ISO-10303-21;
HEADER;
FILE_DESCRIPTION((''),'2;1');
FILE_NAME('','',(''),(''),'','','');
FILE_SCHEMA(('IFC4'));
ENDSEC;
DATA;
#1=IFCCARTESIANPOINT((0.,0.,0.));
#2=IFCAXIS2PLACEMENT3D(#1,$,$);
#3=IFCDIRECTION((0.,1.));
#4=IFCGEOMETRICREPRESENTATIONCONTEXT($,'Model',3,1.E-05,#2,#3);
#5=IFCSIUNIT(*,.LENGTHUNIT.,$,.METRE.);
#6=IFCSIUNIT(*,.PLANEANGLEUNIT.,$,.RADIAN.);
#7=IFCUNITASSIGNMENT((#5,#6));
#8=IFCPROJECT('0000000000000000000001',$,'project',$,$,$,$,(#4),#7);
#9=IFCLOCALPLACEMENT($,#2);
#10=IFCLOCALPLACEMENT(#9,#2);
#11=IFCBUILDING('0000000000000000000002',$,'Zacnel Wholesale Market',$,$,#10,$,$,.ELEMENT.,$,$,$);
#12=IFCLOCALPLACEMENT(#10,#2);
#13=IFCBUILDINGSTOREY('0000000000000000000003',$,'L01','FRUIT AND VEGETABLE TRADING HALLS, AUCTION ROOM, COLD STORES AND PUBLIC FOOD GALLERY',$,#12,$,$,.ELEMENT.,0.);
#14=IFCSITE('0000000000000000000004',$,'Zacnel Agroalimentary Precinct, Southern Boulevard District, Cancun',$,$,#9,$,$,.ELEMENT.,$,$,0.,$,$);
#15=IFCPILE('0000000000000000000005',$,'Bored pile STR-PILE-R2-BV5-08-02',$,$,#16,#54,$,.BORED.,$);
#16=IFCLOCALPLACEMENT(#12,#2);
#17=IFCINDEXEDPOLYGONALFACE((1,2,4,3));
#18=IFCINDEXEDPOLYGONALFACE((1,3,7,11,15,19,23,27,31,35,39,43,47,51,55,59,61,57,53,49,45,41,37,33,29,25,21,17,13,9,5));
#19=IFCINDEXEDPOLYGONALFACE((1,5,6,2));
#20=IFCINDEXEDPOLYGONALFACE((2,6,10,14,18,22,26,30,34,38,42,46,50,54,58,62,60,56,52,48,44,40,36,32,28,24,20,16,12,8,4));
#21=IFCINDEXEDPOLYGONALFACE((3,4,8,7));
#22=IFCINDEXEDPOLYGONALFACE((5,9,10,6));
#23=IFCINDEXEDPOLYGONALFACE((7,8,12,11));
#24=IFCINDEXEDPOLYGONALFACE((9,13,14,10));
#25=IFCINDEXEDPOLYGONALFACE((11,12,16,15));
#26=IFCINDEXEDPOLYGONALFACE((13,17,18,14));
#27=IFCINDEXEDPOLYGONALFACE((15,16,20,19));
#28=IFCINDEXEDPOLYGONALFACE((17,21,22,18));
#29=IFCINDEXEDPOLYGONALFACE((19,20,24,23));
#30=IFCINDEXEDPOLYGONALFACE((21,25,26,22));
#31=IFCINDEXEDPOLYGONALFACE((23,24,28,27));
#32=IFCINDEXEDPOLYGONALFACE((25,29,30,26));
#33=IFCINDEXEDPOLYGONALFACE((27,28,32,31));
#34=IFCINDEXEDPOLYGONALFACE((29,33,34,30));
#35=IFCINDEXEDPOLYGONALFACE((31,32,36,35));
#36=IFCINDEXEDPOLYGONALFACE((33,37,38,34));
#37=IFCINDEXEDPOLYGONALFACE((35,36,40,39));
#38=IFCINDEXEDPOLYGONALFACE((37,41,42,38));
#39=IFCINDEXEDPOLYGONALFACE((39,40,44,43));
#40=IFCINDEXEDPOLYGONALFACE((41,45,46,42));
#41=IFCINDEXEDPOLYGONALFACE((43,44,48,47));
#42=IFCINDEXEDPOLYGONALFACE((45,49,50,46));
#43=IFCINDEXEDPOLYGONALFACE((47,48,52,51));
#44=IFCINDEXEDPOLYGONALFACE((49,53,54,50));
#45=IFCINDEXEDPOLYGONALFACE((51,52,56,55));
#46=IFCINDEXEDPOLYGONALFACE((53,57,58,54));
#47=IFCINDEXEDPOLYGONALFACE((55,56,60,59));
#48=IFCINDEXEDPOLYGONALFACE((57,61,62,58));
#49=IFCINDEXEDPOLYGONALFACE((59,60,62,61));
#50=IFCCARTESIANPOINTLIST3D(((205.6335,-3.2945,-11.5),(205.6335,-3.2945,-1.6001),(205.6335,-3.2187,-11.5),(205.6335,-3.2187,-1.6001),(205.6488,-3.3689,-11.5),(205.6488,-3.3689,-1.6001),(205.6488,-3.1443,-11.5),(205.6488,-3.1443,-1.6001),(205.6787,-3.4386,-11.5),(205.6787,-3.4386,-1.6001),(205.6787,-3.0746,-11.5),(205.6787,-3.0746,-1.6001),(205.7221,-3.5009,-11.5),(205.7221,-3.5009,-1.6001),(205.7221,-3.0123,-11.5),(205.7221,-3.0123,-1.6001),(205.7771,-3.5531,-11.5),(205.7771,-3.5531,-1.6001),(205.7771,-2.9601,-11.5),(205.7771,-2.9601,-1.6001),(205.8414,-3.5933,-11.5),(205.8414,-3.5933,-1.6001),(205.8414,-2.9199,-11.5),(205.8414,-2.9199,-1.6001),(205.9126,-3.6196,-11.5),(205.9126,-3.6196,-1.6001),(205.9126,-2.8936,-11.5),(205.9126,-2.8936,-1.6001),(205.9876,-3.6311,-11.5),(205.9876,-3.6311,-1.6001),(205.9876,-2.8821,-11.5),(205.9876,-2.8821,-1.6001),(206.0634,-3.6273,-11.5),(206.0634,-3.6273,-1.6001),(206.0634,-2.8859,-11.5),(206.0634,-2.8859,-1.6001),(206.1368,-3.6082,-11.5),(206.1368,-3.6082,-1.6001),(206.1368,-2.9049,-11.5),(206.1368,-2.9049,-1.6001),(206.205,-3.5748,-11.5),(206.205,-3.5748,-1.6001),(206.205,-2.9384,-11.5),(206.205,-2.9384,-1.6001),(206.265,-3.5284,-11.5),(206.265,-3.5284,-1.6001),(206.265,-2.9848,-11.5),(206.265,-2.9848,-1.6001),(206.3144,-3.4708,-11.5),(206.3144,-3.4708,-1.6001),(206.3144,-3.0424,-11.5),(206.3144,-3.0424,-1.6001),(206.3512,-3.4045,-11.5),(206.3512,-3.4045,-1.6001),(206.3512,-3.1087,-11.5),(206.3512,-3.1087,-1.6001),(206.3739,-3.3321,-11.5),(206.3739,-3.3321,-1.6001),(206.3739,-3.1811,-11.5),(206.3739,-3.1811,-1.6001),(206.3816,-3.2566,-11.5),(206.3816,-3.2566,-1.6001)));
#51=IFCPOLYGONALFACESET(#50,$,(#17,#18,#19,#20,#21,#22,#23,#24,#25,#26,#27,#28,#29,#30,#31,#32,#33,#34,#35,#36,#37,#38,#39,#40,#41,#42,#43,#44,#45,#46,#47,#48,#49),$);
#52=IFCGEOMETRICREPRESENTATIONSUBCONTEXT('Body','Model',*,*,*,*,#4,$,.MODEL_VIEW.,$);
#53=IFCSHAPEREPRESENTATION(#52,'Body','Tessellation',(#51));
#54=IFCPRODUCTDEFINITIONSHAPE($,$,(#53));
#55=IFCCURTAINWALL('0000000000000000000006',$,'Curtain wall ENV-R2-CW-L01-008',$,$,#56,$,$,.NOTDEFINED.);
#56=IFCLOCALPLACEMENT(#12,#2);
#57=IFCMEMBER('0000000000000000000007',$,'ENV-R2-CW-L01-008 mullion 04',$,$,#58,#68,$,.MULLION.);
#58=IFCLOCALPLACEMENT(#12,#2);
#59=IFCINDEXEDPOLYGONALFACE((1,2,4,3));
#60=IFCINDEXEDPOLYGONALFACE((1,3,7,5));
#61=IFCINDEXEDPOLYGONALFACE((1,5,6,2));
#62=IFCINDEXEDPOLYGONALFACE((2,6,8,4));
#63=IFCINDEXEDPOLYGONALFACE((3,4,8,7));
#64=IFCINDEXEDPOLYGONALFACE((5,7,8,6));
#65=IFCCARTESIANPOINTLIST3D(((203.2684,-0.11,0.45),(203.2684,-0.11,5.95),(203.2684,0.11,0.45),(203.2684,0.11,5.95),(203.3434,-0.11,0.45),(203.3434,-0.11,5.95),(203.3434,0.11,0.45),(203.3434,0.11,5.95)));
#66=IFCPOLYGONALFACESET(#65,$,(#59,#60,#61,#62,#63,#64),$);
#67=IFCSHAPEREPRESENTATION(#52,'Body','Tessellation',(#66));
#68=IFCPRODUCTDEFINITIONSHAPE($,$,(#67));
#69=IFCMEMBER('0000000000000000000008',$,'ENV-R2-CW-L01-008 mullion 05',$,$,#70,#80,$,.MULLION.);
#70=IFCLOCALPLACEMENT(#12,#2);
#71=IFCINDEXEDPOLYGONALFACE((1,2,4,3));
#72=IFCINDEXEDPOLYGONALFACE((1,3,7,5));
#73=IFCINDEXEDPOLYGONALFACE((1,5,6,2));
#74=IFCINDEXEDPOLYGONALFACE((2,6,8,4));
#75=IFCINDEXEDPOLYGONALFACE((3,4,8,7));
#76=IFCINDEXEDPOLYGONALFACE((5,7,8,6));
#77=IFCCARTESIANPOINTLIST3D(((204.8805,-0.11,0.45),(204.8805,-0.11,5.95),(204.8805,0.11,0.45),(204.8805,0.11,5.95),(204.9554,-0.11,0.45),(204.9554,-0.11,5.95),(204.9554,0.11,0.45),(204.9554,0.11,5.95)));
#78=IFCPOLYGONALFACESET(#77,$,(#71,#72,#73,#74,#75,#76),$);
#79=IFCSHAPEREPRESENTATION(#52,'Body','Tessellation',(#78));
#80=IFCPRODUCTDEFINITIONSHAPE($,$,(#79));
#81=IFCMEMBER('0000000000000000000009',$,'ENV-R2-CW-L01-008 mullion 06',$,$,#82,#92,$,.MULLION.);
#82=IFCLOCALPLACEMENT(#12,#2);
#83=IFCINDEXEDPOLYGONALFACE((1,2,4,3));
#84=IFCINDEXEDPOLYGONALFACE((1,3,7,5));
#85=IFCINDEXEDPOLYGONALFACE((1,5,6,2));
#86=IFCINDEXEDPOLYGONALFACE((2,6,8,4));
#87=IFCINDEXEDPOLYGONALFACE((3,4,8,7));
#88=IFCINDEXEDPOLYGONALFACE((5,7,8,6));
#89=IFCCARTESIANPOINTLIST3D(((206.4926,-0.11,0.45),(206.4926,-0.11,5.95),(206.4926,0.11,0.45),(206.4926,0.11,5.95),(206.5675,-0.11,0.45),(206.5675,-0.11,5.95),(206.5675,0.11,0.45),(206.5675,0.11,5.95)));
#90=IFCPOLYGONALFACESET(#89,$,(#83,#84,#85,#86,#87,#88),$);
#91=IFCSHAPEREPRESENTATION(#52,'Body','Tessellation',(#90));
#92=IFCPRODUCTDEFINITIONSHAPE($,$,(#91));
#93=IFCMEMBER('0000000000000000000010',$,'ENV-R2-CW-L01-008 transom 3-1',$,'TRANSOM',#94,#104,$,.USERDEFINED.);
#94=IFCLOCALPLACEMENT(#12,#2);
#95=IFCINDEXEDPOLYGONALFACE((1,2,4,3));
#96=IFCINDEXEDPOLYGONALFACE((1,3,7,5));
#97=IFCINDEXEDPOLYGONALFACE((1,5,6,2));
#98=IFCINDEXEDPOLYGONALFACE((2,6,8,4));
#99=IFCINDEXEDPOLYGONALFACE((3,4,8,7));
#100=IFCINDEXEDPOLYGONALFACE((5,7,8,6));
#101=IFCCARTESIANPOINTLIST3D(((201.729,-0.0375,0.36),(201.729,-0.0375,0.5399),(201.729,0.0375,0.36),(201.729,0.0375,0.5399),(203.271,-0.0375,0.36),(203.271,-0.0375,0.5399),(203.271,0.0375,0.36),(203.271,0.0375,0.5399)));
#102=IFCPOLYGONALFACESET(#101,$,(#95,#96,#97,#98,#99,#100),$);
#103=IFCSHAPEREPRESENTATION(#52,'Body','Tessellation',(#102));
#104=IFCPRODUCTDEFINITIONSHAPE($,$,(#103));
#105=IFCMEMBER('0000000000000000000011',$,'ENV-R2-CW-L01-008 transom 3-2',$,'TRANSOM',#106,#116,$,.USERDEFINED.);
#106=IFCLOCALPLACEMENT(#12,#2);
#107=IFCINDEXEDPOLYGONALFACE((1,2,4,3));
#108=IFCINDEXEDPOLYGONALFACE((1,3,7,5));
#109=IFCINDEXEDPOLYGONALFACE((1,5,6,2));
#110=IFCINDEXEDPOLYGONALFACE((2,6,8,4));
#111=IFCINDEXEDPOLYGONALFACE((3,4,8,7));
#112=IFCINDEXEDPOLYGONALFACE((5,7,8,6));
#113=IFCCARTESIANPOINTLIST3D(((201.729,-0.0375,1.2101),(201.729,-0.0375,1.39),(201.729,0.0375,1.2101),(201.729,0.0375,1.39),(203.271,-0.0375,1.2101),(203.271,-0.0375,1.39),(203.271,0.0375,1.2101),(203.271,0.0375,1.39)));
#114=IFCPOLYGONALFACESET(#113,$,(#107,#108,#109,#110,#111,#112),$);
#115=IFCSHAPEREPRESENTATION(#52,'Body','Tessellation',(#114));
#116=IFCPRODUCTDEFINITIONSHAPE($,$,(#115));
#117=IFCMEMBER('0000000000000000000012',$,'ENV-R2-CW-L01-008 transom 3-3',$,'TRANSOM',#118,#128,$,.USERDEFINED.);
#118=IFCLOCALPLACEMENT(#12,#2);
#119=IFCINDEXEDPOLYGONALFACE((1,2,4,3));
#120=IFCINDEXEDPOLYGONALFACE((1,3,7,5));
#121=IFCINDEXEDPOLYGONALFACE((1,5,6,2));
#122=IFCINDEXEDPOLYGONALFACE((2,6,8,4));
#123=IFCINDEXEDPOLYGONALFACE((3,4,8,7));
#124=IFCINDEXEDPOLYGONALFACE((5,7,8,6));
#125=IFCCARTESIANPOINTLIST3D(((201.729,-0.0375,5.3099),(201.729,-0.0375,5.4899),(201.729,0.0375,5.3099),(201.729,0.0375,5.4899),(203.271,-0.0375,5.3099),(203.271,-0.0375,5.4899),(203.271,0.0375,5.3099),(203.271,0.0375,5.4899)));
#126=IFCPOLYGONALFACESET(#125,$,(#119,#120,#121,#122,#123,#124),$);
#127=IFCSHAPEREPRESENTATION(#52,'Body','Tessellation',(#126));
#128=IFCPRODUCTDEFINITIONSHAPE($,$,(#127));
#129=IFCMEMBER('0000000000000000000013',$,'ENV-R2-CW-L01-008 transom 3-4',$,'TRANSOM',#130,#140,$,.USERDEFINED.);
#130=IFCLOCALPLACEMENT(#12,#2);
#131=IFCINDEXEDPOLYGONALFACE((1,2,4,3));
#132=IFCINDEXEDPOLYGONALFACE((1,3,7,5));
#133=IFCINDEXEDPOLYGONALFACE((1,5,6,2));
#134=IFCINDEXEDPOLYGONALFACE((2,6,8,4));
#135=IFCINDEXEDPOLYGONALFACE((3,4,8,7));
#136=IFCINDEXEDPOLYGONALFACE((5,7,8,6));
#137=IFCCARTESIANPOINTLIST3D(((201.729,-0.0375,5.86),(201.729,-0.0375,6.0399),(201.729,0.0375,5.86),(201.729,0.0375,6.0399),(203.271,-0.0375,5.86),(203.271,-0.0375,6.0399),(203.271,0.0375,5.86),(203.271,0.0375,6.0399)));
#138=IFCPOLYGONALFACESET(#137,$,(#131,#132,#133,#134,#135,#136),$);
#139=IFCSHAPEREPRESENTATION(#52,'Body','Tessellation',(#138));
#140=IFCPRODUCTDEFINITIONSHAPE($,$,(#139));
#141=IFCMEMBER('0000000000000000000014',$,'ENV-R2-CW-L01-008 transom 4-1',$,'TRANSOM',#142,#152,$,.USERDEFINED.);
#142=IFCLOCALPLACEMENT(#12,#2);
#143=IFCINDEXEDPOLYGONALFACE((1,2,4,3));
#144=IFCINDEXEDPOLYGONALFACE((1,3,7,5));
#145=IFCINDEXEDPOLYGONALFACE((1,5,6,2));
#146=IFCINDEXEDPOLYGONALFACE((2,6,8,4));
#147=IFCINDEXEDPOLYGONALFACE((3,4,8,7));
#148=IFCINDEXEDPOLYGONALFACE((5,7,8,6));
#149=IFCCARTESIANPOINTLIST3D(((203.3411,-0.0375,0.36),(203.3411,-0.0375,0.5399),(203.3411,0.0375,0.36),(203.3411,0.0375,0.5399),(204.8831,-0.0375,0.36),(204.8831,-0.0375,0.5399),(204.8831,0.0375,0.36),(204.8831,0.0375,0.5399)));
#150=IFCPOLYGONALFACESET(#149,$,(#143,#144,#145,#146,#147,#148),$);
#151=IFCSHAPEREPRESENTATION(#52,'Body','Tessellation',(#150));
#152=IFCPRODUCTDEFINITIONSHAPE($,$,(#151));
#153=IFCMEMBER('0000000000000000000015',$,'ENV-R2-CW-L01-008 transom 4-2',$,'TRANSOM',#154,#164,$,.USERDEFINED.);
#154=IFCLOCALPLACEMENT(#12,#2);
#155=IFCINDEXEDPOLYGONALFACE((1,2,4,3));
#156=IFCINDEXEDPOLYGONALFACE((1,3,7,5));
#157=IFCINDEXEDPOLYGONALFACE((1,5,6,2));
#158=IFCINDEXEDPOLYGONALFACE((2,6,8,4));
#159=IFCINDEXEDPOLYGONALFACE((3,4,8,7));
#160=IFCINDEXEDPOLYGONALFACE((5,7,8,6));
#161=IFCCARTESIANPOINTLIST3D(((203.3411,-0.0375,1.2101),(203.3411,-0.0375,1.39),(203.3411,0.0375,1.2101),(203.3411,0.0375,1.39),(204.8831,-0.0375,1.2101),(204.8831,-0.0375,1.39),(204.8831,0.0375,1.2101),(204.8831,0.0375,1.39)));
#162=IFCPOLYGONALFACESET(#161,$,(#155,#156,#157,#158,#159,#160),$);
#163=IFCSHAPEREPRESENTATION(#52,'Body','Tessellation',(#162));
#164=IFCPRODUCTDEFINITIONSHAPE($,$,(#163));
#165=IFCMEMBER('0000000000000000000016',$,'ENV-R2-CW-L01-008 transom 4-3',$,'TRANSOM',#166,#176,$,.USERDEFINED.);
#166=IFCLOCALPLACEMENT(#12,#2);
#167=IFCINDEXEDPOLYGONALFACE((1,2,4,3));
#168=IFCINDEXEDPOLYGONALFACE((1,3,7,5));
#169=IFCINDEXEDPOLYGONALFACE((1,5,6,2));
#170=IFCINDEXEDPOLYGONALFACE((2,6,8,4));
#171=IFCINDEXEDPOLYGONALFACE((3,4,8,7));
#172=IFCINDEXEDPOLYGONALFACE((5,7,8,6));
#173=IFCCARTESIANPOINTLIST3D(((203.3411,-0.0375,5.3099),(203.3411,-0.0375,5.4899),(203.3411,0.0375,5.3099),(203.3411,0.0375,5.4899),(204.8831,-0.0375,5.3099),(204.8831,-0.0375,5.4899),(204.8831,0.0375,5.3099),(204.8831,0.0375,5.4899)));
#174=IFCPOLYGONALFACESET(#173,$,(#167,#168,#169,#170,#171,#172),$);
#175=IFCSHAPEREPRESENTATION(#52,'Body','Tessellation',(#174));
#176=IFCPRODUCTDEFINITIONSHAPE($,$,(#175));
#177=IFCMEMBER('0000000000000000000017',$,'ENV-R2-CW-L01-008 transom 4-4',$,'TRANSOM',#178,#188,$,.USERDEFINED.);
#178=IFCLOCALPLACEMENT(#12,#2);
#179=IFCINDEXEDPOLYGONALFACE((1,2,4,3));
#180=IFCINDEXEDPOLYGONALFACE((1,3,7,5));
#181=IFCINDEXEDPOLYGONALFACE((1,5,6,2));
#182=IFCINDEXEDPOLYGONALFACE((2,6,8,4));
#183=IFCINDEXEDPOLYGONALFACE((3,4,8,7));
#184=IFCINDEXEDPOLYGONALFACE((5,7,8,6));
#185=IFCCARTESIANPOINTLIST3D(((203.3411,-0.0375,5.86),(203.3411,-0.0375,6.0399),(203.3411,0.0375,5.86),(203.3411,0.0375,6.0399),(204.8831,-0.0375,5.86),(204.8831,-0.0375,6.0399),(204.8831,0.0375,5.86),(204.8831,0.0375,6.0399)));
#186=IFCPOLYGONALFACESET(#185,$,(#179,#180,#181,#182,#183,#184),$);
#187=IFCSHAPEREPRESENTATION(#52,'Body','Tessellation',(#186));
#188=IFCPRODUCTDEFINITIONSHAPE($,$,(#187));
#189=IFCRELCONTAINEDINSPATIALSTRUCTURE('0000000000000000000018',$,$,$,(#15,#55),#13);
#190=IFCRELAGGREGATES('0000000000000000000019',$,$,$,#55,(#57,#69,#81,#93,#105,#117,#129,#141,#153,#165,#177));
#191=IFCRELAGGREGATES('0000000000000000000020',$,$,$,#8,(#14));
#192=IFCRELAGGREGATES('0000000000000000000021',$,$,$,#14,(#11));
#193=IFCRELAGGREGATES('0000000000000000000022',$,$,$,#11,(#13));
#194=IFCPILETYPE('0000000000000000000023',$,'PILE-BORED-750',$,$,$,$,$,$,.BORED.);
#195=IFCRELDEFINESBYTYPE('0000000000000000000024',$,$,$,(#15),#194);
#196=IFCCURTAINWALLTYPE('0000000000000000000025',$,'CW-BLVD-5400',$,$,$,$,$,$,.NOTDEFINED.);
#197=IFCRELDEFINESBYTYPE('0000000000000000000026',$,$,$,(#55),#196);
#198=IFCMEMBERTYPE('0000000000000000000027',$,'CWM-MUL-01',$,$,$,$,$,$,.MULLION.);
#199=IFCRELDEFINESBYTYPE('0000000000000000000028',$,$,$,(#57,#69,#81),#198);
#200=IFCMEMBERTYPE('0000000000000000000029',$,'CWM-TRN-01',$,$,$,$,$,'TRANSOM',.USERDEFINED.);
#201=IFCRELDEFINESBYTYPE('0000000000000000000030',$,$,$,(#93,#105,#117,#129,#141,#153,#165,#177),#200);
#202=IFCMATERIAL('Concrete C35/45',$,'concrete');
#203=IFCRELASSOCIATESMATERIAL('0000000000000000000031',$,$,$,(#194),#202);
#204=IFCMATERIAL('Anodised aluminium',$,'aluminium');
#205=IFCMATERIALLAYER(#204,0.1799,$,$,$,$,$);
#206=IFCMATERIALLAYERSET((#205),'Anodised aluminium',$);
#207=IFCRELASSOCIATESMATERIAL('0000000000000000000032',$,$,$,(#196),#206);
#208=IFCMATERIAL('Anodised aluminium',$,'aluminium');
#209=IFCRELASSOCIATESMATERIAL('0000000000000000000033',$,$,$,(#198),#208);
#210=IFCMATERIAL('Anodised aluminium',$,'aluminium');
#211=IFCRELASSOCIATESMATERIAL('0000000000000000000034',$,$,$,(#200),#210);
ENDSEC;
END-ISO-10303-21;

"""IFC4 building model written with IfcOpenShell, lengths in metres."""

from ifc_helpers import new_model, si_unit, direction, frame, origin, origin_2d, place, context, subcontext, project, spatial, rectangle, circle, extrude, material, layer, layer_set, material_profile, profile_set, type_object, element, aggregate, save


model = new_model("IFC4")

# Units and contexts
model_context = context("Model", 3, precision=1e-05, world=origin(), true_north=direction((0.0, 1.0)))
body_context = subcontext(model_context, "Body", "Model", "MODEL_VIEW")
ifc_project = project(units=[si_unit("LENGTHUNIT", "METRE"), si_unit("PLANEANGLEUNIT", "RADIAN")], contexts=[model_context])

# Site, building, storey
site_placement = place(None, origin())
site = spatial("IfcSite", under=ifc_project, at=site_placement, Name="Zacnel Agroalimentary Precinct, Southern Boulevard District, Cancun", CompositionType="ELEMENT", RefElevation=0.0)
building_placement = place(site_placement, origin())
building = spatial("IfcBuilding", under=site, at=building_placement, Name="Zacnel Wholesale Market", CompositionType="ELEMENT")
storey_placement = place(building_placement, origin())
storey = spatial("IfcBuildingStorey", under=building, at=storey_placement, Name="L01", Description="FRUIT AND VEGETABLE TRADING HALLS, AUCTION ROOM, COLD STORES AND PUBLIC FOOD GALLERY", CompositionType="ELEMENT", Elevation=0.0)

# Pile
ifc_material_1 = material(Name="Concrete C35/45", Category="concrete")
ifc_material_profile_1 = material_profile(ifc_material_1, circle(Radius=0.375, at=origin_2d()), Name="BORED PILE D750")
ifc_profile_set_1 = profile_set([ifc_material_profile_1], Name="Concrete C35/45")
pile_type_1 = type_object("IfcPileType", Name="PILE-BORED-750", PredefinedType="BORED", material=ifc_profile_set_1)
for number, where, z_axis, x_axis, name in (
    (1, (206.0066, -3.2566, -1.6001), (0.0, 0.0, -1.0), (1.0, 0.0, 0.0), "Bored pile STR-PILE-R2-BV5-08-02"),
):
    element("IfcPile", number, at=place(storey_placement, frame(where, z_axis=z_axis, x_axis=x_axis)), inside=storey, type_object=pile_type_1, Name=name, PredefinedType="BORED", context=body_context, shape_type="SweptSolid", body=[
        extrude(circle(Radius=0.375, at=origin_2d()), origin(), (0.0, 0.0, 1.0), 9.8999),
    ])

# Curtain wall, members
ifc_material_2 = material(Name="Anodised aluminium", Category="aluminium")
ifc_layer_1 = layer(ifc_material_2, 0.1799)
ifc_layer_set_1 = layer_set([ifc_layer_1], Name="Anodised aluminium")
curtain_wall_type = type_object("IfcCurtainWallType", Name="CW-BLVD-5400", PredefinedType="NOTDEFINED", material=ifc_layer_set_1)
curtain_wall_placement = place(storey_placement, origin())
curtain_wall = element("IfcCurtainWall", 2, at=curtain_wall_placement, inside=storey, type_object=curtain_wall_type, Name="Curtain wall ENV-R2-CW-L01-008", PredefinedType="NOTDEFINED")
ifc_material_3 = material(Name="Anodised aluminium", Category="aluminium")
ifc_material_profile_2 = material_profile(ifc_material_3, rectangle(XDim=0.075, YDim=0.22, at=origin_2d()), Name="AW-MULLION 75x220")
ifc_profile_set_2 = profile_set([ifc_material_profile_2], Name="Anodised aluminium")
member_type_1 = type_object("IfcMemberType", Name="CWM-MUL-01", PredefinedType="MULLION", material=ifc_profile_set_2)
member_1_placement = place(storey_placement, frame((203.3059, 0.0, 0.45), z_axis=(0.0, 0.0, 1.0), x_axis=(1.0, 0.0, 0.0)))
member_1 = element("IfcMember", 3, at=member_1_placement, type_object=member_type_1, Name="ENV-R2-CW-L01-008 mullion 04", PredefinedType="MULLION", context=body_context, shape_type="SweptSolid", body=[
    extrude(rectangle(XDim=0.075, YDim=0.22, at=origin_2d()), origin(), (0.0, 0.0, 1.0), 5.5),
])
member_2_placement = place(storey_placement, frame((204.918, 0.0, 0.45), z_axis=(0.0, 0.0, 1.0), x_axis=(1.0, 0.0, 0.0)))
member_2 = element("IfcMember", 4, at=member_2_placement, type_object=member_type_1, Name="ENV-R2-CW-L01-008 mullion 05", PredefinedType="MULLION", context=body_context, shape_type="SweptSolid", body=[
    extrude(rectangle(XDim=0.075, YDim=0.22, at=origin_2d()), origin(), (0.0, 0.0, 1.0), 5.5),
])
member_3_placement = place(storey_placement, frame((206.53, 0.0, 0.45), z_axis=(0.0, 0.0, 1.0), x_axis=(1.0, 0.0, 0.0)))
member_3 = element("IfcMember", 5, at=member_3_placement, type_object=member_type_1, Name="ENV-R2-CW-L01-008 mullion 06", PredefinedType="MULLION", context=body_context, shape_type="SweptSolid", body=[
    extrude(rectangle(XDim=0.075, YDim=0.22, at=origin_2d()), origin(), (0.0, 0.0, 1.0), 5.5),
])
ifc_material_4 = material(Name="Anodised aluminium", Category="aluminium")
ifc_material_profile_3 = material_profile(ifc_material_4, rectangle(XDim=0.075, YDim=0.1799, at=origin_2d()), Name="AW-TRANSOM 75x180")
ifc_profile_set_3 = profile_set([ifc_material_profile_3], Name="Anodised aluminium")
member_type_2 = type_object("IfcMemberType", Name="CWM-TRN-01", ElementType="TRANSOM", PredefinedType="USERDEFINED", material=ifc_profile_set_3)
member_4_placement = place(storey_placement, frame((201.729, 0.0, 0.45), z_axis=(1.0, 0.0, 0.0), x_axis=(0.0, 1.0, 0.0)))
member_4 = element("IfcMember", 6, at=member_4_placement, type_object=member_type_2, Name="ENV-R2-CW-L01-008 transom 3-1", ObjectType="TRANSOM", PredefinedType="USERDEFINED", context=body_context, shape_type="SweptSolid", body=[
    extrude(rectangle(XDim=0.075, YDim=0.1799, at=origin_2d()), origin(), (0.0, 0.0, 1.0), 1.542),
])
member_5_placement = place(storey_placement, frame((201.729, 0.0, 1.3), z_axis=(1.0, 0.0, 0.0), x_axis=(0.0, 1.0, 0.0)))
member_5 = element("IfcMember", 7, at=member_5_placement, type_object=member_type_2, Name="ENV-R2-CW-L01-008 transom 3-2", ObjectType="TRANSOM", PredefinedType="USERDEFINED", context=body_context, shape_type="SweptSolid", body=[
    extrude(rectangle(XDim=0.075, YDim=0.1799, at=origin_2d()), origin(), (0.0, 0.0, 1.0), 1.542),
])
member_6_placement = place(storey_placement, frame((201.729, 0.0, 5.3999), z_axis=(1.0, 0.0, 0.0), x_axis=(0.0, 1.0, 0.0)))
member_6 = element("IfcMember", 8, at=member_6_placement, type_object=member_type_2, Name="ENV-R2-CW-L01-008 transom 3-3", ObjectType="TRANSOM", PredefinedType="USERDEFINED", context=body_context, shape_type="SweptSolid", body=[
    extrude(rectangle(XDim=0.075, YDim=0.1799, at=origin_2d()), origin(), (0.0, 0.0, 1.0), 1.542),
])
member_7_placement = place(storey_placement, frame((201.729, 0.0, 5.95), z_axis=(1.0, 0.0, 0.0), x_axis=(0.0, 1.0, 0.0)))
member_7 = element("IfcMember", 9, at=member_7_placement, type_object=member_type_2, Name="ENV-R2-CW-L01-008 transom 3-4", ObjectType="TRANSOM", PredefinedType="USERDEFINED", context=body_context, shape_type="SweptSolid", body=[
    extrude(rectangle(XDim=0.075, YDim=0.1799, at=origin_2d()), origin(), (0.0, 0.0, 1.0), 1.542),
])
member_8_placement = place(storey_placement, frame((203.3411, 0.0, 0.45), z_axis=(1.0, 0.0, 0.0), x_axis=(0.0, 1.0, 0.0)))
member_8 = element("IfcMember", 10, at=member_8_placement, type_object=member_type_2, Name="ENV-R2-CW-L01-008 transom 4-1", ObjectType="TRANSOM", PredefinedType="USERDEFINED", context=body_context, shape_type="SweptSolid", body=[
    extrude(rectangle(XDim=0.075, YDim=0.1799, at=origin_2d()), origin(), (0.0, 0.0, 1.0), 1.542),
])
member_9_placement = place(storey_placement, frame((203.3411, 0.0, 1.3), z_axis=(1.0, 0.0, 0.0), x_axis=(0.0, 1.0, 0.0)))
member_9 = element("IfcMember", 11, at=member_9_placement, type_object=member_type_2, Name="ENV-R2-CW-L01-008 transom 4-2", ObjectType="TRANSOM", PredefinedType="USERDEFINED", context=body_context, shape_type="SweptSolid", body=[
    extrude(rectangle(XDim=0.075, YDim=0.1799, at=origin_2d()), origin(), (0.0, 0.0, 1.0), 1.542),
])
member_10_placement = place(storey_placement, frame((203.3411, 0.0, 5.3999), z_axis=(1.0, 0.0, 0.0), x_axis=(0.0, 1.0, 0.0)))
member_10 = element("IfcMember", 12, at=member_10_placement, type_object=member_type_2, Name="ENV-R2-CW-L01-008 transom 4-3", ObjectType="TRANSOM", PredefinedType="USERDEFINED", context=body_context, shape_type="SweptSolid", body=[
    extrude(rectangle(XDim=0.075, YDim=0.1799, at=origin_2d()), origin(), (0.0, 0.0, 1.0), 1.542),
])
member_11_placement = place(storey_placement, frame((203.3411, 0.0, 5.95), z_axis=(1.0, 0.0, 0.0), x_axis=(0.0, 1.0, 0.0)))
member_11 = element("IfcMember", 13, at=member_11_placement, type_object=member_type_2, Name="ENV-R2-CW-L01-008 transom 4-4", ObjectType="TRANSOM", PredefinedType="USERDEFINED", context=body_context, shape_type="SweptSolid", body=[
    extrude(rectangle(XDim=0.075, YDim=0.1799, at=origin_2d()), origin(), (0.0, 0.0, 1.0), 1.542),
])
aggregate(curtain_wall, [member_1, member_2, member_3, member_4, member_5, member_6, member_7, member_8, member_9, member_10, member_11])

save(model, "model.ifc")
